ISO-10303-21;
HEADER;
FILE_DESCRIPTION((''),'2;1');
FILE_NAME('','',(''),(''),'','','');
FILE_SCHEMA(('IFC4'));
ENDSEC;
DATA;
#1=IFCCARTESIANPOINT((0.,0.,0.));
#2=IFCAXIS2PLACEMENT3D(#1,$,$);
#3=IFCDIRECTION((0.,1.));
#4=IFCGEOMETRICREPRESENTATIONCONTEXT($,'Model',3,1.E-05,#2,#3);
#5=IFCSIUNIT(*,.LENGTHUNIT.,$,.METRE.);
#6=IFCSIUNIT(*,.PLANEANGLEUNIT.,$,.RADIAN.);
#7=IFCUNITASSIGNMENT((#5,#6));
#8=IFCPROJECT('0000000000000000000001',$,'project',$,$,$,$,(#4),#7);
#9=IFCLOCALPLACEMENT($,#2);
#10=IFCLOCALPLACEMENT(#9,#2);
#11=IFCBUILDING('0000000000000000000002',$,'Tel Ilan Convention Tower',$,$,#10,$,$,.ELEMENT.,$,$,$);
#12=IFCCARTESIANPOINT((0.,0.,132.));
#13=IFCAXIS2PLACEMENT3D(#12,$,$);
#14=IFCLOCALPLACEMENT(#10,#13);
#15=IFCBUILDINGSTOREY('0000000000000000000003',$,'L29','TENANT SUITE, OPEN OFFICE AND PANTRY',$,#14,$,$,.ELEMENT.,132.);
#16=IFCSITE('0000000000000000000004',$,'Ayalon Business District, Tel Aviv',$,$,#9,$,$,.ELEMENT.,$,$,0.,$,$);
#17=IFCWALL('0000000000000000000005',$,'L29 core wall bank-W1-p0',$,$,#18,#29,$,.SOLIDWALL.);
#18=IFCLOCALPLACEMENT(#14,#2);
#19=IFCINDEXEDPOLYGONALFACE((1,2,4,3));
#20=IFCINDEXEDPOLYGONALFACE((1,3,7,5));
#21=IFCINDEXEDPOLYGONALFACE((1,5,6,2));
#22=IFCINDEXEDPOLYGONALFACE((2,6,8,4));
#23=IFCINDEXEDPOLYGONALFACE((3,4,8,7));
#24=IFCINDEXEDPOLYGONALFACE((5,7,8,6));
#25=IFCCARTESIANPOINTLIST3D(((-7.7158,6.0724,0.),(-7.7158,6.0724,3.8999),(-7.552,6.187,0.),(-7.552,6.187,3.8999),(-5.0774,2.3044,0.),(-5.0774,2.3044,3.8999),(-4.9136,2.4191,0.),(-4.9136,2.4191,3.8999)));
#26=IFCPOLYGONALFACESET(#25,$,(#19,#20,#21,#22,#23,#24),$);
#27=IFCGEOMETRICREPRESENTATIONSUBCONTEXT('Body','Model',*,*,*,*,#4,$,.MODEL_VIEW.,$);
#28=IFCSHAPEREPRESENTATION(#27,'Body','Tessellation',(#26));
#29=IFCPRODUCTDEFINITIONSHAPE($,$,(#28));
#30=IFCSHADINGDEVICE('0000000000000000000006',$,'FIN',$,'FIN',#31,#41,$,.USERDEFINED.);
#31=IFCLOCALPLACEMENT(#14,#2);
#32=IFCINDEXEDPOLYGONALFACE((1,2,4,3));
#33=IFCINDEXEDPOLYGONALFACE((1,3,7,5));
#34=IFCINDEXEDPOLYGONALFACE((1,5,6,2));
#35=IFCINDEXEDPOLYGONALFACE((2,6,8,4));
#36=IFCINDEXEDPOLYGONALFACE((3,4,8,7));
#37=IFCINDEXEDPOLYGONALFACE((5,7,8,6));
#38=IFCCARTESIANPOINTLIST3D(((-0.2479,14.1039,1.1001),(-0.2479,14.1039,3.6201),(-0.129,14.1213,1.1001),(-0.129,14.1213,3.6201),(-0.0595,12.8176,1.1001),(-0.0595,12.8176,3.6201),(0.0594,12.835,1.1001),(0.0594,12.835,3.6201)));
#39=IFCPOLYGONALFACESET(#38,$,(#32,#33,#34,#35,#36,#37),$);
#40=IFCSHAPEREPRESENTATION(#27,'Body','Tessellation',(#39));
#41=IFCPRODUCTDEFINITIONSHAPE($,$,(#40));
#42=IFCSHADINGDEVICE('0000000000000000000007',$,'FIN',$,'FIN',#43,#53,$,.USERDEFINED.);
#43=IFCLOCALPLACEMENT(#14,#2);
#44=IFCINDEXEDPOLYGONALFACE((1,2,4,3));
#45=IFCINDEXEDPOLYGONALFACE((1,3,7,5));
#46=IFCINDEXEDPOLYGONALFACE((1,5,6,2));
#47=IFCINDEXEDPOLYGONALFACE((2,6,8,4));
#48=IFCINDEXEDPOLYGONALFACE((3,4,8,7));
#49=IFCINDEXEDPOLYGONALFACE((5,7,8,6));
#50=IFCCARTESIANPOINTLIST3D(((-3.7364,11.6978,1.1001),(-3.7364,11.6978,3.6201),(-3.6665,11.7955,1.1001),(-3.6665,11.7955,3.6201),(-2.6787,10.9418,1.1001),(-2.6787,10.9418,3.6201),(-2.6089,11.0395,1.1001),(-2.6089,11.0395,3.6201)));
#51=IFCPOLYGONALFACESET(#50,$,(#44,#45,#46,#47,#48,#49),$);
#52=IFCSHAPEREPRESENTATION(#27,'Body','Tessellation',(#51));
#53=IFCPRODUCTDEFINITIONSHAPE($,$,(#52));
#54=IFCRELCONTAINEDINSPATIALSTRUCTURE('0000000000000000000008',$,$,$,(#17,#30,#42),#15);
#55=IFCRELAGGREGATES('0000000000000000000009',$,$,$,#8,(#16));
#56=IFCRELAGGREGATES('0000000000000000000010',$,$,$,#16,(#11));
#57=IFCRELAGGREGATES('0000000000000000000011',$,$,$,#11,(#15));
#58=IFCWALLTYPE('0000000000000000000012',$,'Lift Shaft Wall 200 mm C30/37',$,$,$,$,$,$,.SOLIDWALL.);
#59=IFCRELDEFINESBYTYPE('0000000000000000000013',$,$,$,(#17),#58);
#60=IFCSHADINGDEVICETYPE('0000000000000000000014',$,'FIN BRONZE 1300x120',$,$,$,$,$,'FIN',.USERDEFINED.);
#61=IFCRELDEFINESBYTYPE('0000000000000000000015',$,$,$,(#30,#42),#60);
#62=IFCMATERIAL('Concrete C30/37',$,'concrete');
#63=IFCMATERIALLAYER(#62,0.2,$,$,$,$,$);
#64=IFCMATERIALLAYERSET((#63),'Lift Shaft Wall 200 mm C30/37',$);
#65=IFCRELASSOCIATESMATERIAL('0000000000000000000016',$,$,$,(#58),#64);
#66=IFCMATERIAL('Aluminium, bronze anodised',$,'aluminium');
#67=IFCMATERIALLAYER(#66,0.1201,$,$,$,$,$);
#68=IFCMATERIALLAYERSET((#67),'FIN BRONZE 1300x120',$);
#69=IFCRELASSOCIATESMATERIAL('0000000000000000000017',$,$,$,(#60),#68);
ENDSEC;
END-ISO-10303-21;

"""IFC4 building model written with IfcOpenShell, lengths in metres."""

from ifc_helpers import new_model, si_unit, direction, frame, frame_2d, origin, origin_2d, place, context, subcontext, project, spatial, rectangle, extrude, material, layer, layer_set, type_object, element, save


model = new_model("IFC4")

# Units and contexts
model_context = context("Model", 3, precision=1e-05, world=origin(), true_north=direction((0.0, 1.0)))
body_context = subcontext(model_context, "Body", "Model", "MODEL_VIEW")
ifc_project = project(units=[si_unit("LENGTHUNIT", "METRE"), si_unit("PLANEANGLEUNIT", "RADIAN")], contexts=[model_context])

# Site, building, storey
site_placement = place(None, origin())
site = spatial("IfcSite", under=ifc_project, at=site_placement, Name="Ayalon Business District, Tel Aviv", CompositionType="ELEMENT", RefElevation=0.0)
building_placement = place(site_placement, origin())
building = spatial("IfcBuilding", under=site, at=building_placement, Name="Tel Ilan Convention Tower", CompositionType="ELEMENT")
storey_placement = place(building_placement, frame((0.0, 0.0, 132.0)))
storey = spatial("IfcBuildingStorey", under=building, at=storey_placement, Name="L29", Description="TENANT SUITE, OPEN OFFICE AND PANTRY", CompositionType="ELEMENT", Elevation=132.0)

# Wall
ifc_material_1 = material(Name="Concrete C30/37", Category="concrete")
ifc_layer_1 = layer(ifc_material_1, 0.2)
ifc_layer_set_1 = layer_set([ifc_layer_1], Name="Lift Shaft Wall 200 mm C30/37")
wall_type_1 = type_object("IfcWallType", Name="Lift Shaft Wall 200 mm C30/37", PredefinedType="SOLIDWALL", material=ifc_layer_set_1)
wall_1_placement = place(storey_placement, frame((-4.9956, 2.3618, 0.0), z_axis=(0.0, 0.0, 1.0), x_axis=(-0.573576, 0.819152, 0.0)))
element("IfcWall", 1, at=wall_1_placement, inside=storey, type_object=wall_type_1, Name="L29 core wall bank-W1-p0", PredefinedType="SOLIDWALL", context=body_context, shape_type="SweptSolid", body=[
    extrude(rectangle(XDim=4.5999, YDim=0.2, at=frame_2d((2.2998, 0.0))), origin(), (0.0, 0.0, 1.0), 3.8999),
])

# Shading devices
ifc_material_2 = material(Name="Aluminium, bronze anodised", Category="aluminium")
ifc_layer_2 = layer(ifc_material_2, 0.1201)
ifc_layer_set_2 = layer_set([ifc_layer_2], Name="FIN BRONZE 1300x120")
shading_device_type = type_object("IfcShadingDeviceType", Name="FIN BRONZE 1300x120", ElementType="FIN", PredefinedType="USERDEFINED", material=ifc_layer_set_2)
for number, where, z_axis, x_axis, name in (
    (2, (-0.0942, 13.4695, 1.1001), (0.0, 0.0, 1.0), (-0.144932, 0.989442, 0.0), "FIN"),
    (3, (-3.1726, 11.3687, 1.1001), (0.0, 0.0, 1.0), (-0.813552, 0.581492, 0.0), "FIN"),
):
    element("IfcShadingDevice", number, at=place(storey_placement, frame(where, z_axis=z_axis, x_axis=x_axis)), inside=storey, type_object=shading_device_type, Name=name, ObjectType="FIN", PredefinedType="USERDEFINED", context=body_context, shape_type="SweptSolid", body=[
        extrude(rectangle(XDim=1.3, YDim=0.1201, at=origin_2d()), origin(), (0.0, 0.0, 1.0), 2.52),
    ])

save(model, "model.ifc")
